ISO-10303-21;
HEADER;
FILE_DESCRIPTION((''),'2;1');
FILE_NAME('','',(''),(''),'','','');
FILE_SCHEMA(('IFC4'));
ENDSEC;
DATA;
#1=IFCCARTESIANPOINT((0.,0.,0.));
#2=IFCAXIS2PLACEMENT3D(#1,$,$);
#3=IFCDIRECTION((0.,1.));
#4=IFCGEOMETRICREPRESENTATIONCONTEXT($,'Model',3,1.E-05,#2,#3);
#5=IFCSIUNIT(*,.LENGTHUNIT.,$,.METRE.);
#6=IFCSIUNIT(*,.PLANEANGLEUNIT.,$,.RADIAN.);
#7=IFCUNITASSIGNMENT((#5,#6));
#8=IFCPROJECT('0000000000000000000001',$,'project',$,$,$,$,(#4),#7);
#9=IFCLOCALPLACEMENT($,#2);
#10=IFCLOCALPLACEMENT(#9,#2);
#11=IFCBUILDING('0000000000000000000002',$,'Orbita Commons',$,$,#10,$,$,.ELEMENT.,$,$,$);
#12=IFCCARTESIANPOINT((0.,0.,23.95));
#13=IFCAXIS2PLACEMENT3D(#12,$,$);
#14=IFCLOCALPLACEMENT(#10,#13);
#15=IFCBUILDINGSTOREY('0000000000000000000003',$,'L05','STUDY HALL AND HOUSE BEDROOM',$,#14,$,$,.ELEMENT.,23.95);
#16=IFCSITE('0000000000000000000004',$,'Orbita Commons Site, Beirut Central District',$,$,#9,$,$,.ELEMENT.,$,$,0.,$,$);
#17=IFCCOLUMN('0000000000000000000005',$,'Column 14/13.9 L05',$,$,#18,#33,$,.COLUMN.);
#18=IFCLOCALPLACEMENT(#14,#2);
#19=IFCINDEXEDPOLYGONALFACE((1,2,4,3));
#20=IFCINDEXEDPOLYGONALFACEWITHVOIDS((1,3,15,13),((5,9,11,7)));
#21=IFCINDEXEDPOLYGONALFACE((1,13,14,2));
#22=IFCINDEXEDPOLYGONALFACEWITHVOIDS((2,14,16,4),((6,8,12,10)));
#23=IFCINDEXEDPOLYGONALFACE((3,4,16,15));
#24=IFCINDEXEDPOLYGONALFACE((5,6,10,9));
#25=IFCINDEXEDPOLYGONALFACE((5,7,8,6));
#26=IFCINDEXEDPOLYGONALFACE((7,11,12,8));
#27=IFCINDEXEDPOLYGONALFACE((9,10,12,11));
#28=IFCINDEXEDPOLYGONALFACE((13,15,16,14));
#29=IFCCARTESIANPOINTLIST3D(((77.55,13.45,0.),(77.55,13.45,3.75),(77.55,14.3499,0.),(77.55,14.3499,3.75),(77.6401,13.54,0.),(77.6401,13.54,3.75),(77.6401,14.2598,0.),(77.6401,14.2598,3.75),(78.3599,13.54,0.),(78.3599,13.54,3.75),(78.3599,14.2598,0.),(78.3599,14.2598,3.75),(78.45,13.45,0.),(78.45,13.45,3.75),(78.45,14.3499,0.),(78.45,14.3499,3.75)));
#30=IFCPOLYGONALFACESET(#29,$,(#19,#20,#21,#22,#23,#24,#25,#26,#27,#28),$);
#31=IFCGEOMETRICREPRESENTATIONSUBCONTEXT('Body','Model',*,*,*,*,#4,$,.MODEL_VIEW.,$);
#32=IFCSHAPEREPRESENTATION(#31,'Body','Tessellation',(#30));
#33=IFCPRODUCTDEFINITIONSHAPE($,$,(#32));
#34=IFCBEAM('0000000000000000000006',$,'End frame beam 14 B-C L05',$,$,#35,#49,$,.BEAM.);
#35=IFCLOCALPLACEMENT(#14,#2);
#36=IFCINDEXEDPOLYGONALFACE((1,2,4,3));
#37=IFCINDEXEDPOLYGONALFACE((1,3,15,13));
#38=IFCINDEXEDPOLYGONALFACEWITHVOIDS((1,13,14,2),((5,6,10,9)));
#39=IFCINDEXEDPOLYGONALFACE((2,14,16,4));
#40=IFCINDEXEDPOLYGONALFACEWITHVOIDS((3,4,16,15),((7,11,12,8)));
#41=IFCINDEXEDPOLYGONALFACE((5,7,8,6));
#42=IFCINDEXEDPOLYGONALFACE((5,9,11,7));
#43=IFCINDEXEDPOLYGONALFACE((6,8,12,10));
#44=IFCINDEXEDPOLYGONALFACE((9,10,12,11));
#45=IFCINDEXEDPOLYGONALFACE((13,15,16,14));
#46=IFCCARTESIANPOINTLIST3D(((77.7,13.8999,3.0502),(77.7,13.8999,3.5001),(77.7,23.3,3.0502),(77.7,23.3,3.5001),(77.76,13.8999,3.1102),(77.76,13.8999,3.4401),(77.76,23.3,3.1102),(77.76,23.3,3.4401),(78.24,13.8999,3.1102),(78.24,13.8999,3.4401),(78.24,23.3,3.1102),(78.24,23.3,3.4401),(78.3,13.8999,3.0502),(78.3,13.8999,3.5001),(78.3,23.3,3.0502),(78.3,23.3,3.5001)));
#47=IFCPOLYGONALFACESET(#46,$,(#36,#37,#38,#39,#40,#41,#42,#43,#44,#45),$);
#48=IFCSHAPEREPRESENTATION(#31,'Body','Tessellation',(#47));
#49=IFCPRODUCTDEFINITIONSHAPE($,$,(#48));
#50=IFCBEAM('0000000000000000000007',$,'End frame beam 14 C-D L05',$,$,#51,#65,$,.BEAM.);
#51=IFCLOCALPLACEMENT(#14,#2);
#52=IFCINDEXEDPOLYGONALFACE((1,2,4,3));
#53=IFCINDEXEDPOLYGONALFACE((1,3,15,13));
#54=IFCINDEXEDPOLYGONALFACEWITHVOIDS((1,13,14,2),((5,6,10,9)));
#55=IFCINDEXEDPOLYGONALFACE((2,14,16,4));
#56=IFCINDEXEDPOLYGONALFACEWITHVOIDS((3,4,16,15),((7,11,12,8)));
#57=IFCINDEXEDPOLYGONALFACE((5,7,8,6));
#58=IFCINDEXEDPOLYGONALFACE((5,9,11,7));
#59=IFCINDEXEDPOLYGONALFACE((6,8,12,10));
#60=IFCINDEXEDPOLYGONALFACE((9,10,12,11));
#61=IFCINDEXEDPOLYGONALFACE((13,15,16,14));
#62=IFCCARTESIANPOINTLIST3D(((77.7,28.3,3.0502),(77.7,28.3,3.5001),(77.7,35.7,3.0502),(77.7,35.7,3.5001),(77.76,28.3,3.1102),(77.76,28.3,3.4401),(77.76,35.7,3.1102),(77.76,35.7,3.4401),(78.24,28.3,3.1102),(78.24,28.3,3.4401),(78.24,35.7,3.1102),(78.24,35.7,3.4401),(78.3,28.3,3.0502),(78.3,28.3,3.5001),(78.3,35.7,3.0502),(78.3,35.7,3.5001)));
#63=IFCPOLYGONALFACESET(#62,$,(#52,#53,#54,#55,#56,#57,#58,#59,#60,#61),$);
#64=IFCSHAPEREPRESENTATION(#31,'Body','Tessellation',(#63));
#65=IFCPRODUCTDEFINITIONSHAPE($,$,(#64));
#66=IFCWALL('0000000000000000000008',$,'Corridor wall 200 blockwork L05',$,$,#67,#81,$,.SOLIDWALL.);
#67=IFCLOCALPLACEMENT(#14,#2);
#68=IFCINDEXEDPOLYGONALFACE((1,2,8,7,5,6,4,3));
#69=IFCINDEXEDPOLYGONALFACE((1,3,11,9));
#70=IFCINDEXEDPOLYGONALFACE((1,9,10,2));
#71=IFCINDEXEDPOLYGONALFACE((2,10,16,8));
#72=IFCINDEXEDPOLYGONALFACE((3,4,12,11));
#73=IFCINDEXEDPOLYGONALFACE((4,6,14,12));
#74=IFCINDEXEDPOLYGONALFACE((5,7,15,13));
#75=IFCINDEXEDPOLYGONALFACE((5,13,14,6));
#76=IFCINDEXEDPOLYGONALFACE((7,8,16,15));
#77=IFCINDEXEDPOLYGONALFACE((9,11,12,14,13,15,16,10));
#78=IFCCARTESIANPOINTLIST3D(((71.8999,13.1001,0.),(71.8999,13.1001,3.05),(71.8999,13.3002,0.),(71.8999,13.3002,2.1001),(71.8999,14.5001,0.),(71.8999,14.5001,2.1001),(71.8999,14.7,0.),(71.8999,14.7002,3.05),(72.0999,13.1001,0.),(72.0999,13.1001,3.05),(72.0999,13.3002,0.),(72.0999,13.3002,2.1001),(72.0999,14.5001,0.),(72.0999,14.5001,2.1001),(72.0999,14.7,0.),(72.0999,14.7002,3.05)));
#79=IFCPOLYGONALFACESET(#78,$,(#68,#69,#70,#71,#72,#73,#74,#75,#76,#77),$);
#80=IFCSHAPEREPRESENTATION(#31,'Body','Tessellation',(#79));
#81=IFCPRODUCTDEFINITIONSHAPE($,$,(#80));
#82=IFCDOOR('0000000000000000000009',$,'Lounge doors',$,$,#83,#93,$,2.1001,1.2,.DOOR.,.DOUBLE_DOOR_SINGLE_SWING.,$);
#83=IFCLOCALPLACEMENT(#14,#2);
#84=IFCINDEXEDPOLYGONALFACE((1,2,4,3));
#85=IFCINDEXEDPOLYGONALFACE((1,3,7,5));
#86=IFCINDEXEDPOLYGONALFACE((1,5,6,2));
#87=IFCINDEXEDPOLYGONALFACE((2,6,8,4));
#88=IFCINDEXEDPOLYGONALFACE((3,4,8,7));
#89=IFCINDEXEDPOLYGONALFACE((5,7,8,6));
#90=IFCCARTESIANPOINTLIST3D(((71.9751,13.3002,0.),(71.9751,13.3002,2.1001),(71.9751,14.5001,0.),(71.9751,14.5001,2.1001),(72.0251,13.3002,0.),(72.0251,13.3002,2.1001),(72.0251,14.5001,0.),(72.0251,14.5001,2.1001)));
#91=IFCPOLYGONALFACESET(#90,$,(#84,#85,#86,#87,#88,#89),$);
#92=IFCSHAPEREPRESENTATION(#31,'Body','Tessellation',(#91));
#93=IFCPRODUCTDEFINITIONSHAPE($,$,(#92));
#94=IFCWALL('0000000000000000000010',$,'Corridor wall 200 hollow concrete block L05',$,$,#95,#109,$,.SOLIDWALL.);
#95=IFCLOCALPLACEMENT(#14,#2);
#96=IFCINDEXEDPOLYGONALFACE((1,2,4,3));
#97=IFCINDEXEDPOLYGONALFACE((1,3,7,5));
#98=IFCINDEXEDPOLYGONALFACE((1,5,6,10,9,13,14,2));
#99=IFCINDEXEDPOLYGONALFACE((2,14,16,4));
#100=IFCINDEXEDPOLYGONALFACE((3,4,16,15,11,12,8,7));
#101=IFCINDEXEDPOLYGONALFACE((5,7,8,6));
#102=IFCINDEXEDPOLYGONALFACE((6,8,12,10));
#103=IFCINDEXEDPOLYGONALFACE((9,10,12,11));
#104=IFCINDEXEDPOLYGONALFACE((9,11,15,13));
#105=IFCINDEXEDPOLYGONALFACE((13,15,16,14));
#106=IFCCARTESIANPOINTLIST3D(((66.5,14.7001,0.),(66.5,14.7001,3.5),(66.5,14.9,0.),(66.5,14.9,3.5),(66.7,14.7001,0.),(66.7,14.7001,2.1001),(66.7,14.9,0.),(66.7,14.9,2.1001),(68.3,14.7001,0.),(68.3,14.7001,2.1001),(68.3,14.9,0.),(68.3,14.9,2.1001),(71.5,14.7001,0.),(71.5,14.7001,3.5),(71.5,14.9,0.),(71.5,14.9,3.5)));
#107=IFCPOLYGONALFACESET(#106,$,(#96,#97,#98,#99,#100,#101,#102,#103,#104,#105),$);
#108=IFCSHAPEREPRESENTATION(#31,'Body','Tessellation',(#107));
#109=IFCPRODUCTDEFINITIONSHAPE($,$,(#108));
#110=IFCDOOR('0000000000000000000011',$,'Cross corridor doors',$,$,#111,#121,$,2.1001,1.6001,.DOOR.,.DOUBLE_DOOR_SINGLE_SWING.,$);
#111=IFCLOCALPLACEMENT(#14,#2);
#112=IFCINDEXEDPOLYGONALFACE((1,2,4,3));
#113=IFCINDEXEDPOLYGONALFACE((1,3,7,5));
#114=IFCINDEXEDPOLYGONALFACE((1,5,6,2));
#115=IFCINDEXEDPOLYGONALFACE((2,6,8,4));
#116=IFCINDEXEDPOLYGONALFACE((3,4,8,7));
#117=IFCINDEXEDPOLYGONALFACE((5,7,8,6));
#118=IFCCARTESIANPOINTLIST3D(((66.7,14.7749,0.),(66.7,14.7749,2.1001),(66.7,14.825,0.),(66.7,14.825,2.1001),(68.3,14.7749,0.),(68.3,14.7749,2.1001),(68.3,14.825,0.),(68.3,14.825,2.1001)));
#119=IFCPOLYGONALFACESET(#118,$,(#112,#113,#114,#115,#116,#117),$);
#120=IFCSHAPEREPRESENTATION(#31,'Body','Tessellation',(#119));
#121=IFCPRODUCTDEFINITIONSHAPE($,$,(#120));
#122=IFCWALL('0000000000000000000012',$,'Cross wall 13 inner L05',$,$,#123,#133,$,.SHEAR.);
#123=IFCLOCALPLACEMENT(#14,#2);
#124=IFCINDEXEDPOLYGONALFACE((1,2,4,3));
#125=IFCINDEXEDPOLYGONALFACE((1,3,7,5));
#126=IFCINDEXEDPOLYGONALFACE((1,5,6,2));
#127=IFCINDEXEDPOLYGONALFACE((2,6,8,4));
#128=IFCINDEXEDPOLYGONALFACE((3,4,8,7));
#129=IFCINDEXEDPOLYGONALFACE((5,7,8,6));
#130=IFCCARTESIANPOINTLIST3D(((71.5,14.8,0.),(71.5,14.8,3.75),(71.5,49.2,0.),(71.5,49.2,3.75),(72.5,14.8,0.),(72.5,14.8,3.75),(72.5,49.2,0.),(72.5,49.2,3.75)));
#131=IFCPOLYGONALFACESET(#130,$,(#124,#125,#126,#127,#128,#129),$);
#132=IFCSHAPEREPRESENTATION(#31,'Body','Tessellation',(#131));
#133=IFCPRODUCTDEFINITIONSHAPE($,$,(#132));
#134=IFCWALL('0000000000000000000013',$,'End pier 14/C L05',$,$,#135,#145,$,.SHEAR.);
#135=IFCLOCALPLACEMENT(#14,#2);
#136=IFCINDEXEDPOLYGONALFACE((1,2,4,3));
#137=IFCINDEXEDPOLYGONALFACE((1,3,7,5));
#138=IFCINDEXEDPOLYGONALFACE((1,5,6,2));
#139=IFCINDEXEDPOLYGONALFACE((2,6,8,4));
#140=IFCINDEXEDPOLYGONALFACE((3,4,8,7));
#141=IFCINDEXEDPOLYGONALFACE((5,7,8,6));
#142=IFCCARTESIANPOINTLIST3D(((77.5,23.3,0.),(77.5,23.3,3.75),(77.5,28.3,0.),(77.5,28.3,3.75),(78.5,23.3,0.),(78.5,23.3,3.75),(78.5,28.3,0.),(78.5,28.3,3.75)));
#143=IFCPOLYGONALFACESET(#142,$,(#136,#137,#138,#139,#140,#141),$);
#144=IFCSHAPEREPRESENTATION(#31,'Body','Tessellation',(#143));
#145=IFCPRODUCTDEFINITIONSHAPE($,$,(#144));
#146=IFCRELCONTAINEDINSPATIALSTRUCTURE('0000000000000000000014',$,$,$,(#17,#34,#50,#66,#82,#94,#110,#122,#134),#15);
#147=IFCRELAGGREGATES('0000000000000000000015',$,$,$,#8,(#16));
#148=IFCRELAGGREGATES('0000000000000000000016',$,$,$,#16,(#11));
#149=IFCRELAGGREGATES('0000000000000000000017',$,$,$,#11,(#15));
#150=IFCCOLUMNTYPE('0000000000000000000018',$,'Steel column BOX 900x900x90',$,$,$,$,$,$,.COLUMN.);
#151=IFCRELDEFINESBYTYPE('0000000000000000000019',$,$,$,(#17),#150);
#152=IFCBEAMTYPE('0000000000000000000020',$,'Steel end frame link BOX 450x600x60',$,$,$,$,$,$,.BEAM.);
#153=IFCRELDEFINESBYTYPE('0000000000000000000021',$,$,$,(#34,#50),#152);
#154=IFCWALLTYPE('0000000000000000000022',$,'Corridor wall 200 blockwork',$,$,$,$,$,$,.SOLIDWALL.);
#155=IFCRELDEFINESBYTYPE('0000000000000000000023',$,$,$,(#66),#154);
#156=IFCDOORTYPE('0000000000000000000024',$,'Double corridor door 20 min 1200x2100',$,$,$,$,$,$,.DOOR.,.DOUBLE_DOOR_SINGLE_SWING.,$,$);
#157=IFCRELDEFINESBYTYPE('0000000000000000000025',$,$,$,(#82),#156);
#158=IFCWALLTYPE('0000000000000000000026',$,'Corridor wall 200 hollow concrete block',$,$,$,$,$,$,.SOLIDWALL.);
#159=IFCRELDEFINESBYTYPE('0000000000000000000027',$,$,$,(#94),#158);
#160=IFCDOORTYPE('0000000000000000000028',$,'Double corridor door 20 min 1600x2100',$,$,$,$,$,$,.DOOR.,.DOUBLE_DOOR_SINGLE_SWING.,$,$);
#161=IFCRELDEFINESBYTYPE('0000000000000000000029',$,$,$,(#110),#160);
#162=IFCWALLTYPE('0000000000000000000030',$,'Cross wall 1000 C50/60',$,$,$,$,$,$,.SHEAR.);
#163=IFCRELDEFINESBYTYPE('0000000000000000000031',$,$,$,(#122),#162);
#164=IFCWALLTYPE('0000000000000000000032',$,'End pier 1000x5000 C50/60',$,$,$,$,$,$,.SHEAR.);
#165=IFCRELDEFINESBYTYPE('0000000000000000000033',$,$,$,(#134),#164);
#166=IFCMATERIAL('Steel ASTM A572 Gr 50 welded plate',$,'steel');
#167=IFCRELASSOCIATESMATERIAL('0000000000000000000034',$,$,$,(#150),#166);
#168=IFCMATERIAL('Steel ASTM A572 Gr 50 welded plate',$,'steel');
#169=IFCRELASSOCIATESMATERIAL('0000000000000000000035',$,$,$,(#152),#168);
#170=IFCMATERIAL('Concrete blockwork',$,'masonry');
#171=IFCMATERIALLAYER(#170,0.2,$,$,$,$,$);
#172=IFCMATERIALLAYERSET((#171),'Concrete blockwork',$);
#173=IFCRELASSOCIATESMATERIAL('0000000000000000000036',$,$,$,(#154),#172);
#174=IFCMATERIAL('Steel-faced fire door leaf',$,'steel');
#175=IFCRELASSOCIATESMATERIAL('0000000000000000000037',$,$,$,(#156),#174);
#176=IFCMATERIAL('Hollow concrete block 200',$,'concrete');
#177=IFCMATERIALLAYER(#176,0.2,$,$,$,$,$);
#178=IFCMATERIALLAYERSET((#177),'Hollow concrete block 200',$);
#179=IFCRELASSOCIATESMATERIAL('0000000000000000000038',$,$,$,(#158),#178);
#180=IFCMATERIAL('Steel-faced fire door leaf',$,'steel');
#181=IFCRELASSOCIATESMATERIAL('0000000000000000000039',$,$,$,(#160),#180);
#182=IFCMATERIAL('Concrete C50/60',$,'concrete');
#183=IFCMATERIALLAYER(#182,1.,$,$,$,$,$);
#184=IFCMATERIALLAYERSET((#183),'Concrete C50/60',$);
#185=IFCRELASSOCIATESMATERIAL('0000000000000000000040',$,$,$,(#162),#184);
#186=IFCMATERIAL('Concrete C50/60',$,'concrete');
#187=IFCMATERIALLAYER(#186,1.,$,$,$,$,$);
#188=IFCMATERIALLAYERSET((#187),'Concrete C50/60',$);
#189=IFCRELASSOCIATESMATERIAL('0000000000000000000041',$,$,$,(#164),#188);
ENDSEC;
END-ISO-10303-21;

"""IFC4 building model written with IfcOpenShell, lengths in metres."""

from ifc_helpers import new_model, si_unit, direction, frame, frame_2d, origin, origin_2d, place, context, subcontext, project, spatial, polyline, rectangle, hollow_rectangle, outline, extrude, material, layer, layer_set, material_profile, profile_set, type_object, element, fill, save


model = new_model("IFC4")

# Units and contexts
model_context = context("Model", 3, precision=1e-05, world=origin(), true_north=direction((0.0, 1.0)))
body_context = subcontext(model_context, "Body", "Model", "MODEL_VIEW")
ifc_project = project(units=[si_unit("LENGTHUNIT", "METRE"), si_unit("PLANEANGLEUNIT", "RADIAN")], contexts=[model_context])

# Site, building, storey
site_placement = place(None, origin())
site = spatial("IfcSite", under=ifc_project, at=site_placement, Name="Orbita Commons Site, Beirut Central District", CompositionType="ELEMENT", RefElevation=0.0)
building_placement = place(site_placement, origin())
building = spatial("IfcBuilding", under=site, at=building_placement, Name="Orbita Commons", CompositionType="ELEMENT")
storey_placement = place(building_placement, frame((0.0, 0.0, 23.95)))
storey = spatial("IfcBuildingStorey", under=building, at=storey_placement, Name="L05", Description="STUDY HALL AND HOUSE BEDROOM", CompositionType="ELEMENT", Elevation=23.95)

# Column
ifc_material_1 = material(Name="Steel ASTM A572 Gr 50 welded plate", Category="steel")
ifc_material_profile_1 = material_profile(ifc_material_1, hollow_rectangle(XDim=0.8999, YDim=0.8999, WallThickness=0.0901, at=origin_2d()), Name="BOX 900x900x90")
ifc_profile_set_1 = profile_set([ifc_material_profile_1], Name="Steel ASTM A572 Gr 50 welded plate")
column_type = type_object("IfcColumnType", Name="Steel column BOX 900x900x90", PredefinedType="COLUMN", material=ifc_profile_set_1)
column_placement = place(storey_placement, frame((78.0, 13.8999, 0.0), z_axis=(0.0, 0.0, 1.0), x_axis=(1.0, 0.0, 0.0)))
element("IfcColumn", 1, at=column_placement, inside=storey, type_object=column_type, Name="Column 14/13.9 L05", PredefinedType="COLUMN", context=body_context, shape_type="SweptSolid", body=[
    extrude(hollow_rectangle(XDim=0.8999, YDim=0.8999, WallThickness=0.0901, at=origin_2d()), origin(), (0.0, 0.0, 1.0), 3.75),
])

# Beams
ifc_material_2 = material(Name="Steel ASTM A572 Gr 50 welded plate", Category="steel")
ifc_material_profile_2 = material_profile(ifc_material_2, hollow_rectangle(XDim=0.6001, YDim=0.45, WallThickness=0.0601, at=origin_2d()), Name="BOX 450x600x60")
ifc_profile_set_2 = profile_set([ifc_material_profile_2], Name="Steel ASTM A572 Gr 50 welded plate")
beam_type = type_object("IfcBeamType", Name="Steel end frame link BOX 450x600x60", PredefinedType="BEAM", material=ifc_profile_set_2)
beam_1_placement = place(storey_placement, frame((78.0, 13.8999, 3.2751), z_axis=(0.0, 1.0, 0.0), x_axis=(-1.0, 0.0, 0.0)))
element("IfcBeam", 2, at=beam_1_placement, inside=storey, type_object=beam_type, Name="End frame beam 14 B-C L05", PredefinedType="BEAM", context=body_context, shape_type="SweptSolid", body=[
    extrude(hollow_rectangle(XDim=0.6001, YDim=0.45, WallThickness=0.0601, at=origin_2d()), origin(), (0.0, 0.0, 1.0), 9.4001),
])
beam_2_placement = place(storey_placement, frame((78.0, 28.3, 3.2751), z_axis=(0.0, 1.0, 0.0), x_axis=(-1.0, 0.0, 0.0)))
element("IfcBeam", 3, at=beam_2_placement, inside=storey, type_object=beam_type, Name="End frame beam 14 C-D L05", PredefinedType="BEAM", context=body_context, shape_type="SweptSolid", body=[
    extrude(hollow_rectangle(XDim=0.6001, YDim=0.45, WallThickness=0.0601, at=origin_2d()), origin(), (0.0, 0.0, 1.0), 7.3999),
])

# Walls, openings, doors
ifc_material_3 = material(Name="Concrete blockwork", Category="masonry")
ifc_layer_1 = layer(ifc_material_3, 0.2)
ifc_layer_set_1 = layer_set([ifc_layer_1], Name="Concrete blockwork")
wall_type_1 = type_object("IfcWallType", Name="Corridor wall 200 blockwork", PredefinedType="SOLIDWALL", material=ifc_layer_set_1)
wall_1_placement = place(storey_placement, frame((72.0, 13.1001, 0.0), z_axis=(0.0, 0.0, 1.0), x_axis=(0.0, 1.0, 0.0)))
wall_1 = element("IfcWall", 4, at=wall_1_placement, inside=storey, type_object=wall_type_1, Name="Corridor wall 200 blockwork L05", PredefinedType="SOLIDWALL", context=body_context, shape_type="SweptSolid", body=[
    extrude(outline(polyline([(0.0, 0.0), (1.5999, 0.0), (1.6001, 3.05), (0.0, 3.05), (0.0, 0.0)])), frame((0.0, 0.1001, 0.0), z_axis=(0.0, -1.0, 0.0), x_axis=(1.0, 0.0, 0.0)), (0.0, 0.0, 1.0), 0.2),
])
opening_1_placement = place(wall_1_placement, frame((0.2, 0.0, 0.0)))
opening_1 = element("IfcOpeningElement", 5, at=opening_1_placement, cuts=wall_1, PredefinedType="OPENING", context=body_context, shape_type="SweptSolid", body=[
    extrude(rectangle(XDim=1.2, YDim=2.1001, at=frame_2d((0.6001, 1.05))), frame((0.0, 0.1099, 0.0), z_axis=(0.0, -1.0, 0.0), x_axis=(1.0, 0.0, 0.0)), (0.0, 0.0, 1.0), 0.22),
])
ifc_material_4 = material(Name="Steel-faced fire door leaf", Category="steel")
door_type_1 = type_object("IfcDoorType", Name="Double corridor door 20 min 1200x2100", OperationType="DOUBLE_DOOR_SINGLE_SWING", PredefinedType="DOOR", material=ifc_material_4)
door_1_placement = place(opening_1_placement, origin())
door_1 = element("IfcDoor", 6, at=door_1_placement, inside=storey, type_object=door_type_1, Name="Lounge doors", OperationType="DOUBLE_DOOR_SINGLE_SWING", OverallHeight=2.1001, OverallWidth=1.2, PredefinedType="DOOR", context=body_context, shape_type="SweptSolid", body=[
    extrude(rectangle(XDim=1.2, YDim=2.1001, at=frame_2d((0.6001, 1.05))), frame((0.0, 0.0249, 0.0), z_axis=(0.0, -1.0, 0.0), x_axis=(1.0, 0.0, 0.0)), (0.0, 0.0, 1.0), 0.05),
])
fill(opening_1, door_1)
ifc_material_5 = material(Name="Hollow concrete block 200", Category="concrete")
ifc_layer_2 = layer(ifc_material_5, 0.2)
ifc_layer_set_2 = layer_set([ifc_layer_2], Name="Hollow concrete block 200")
wall_type_2 = type_object("IfcWallType", Name="Corridor wall 200 hollow concrete block", PredefinedType="SOLIDWALL", material=ifc_layer_set_2)
wall_2_placement = place(storey_placement, frame((66.5, 14.8, 0.0), z_axis=(0.0, 0.0, 1.0), x_axis=(1.0, 0.0, 0.0)))
wall_2 = element("IfcWall", 7, at=wall_2_placement, inside=storey, type_object=wall_type_2, Name="Corridor wall 200 hollow concrete block L05", PredefinedType="SOLIDWALL", context=body_context, shape_type="SweptSolid", body=[
    extrude(rectangle(XDim=5.0, YDim=0.2, at=frame_2d((2.5, 0.0))), origin(), (0.0, 0.0, 1.0), 3.5),
])
opening_2_placement = place(wall_2_placement, frame((0.2, 0.0, 0.0)))
opening_2 = element("IfcOpeningElement", 8, at=opening_2_placement, cuts=wall_2, PredefinedType="OPENING", context=body_context, shape_type="SweptSolid", body=[
    extrude(rectangle(XDim=1.6001, YDim=2.1001, at=frame_2d((0.8, 1.05))), frame((0.0, 0.1099, 0.0), z_axis=(0.0, -1.0, 0.0), x_axis=(1.0, 0.0, 0.0)), (0.0, 0.0, 1.0), 0.22),
])
ifc_material_6 = material(Name="Steel-faced fire door leaf", Category="steel")
door_type_2 = type_object("IfcDoorType", Name="Double corridor door 20 min 1600x2100", OperationType="DOUBLE_DOOR_SINGLE_SWING", PredefinedType="DOOR", material=ifc_material_6)
door_2_placement = place(opening_2_placement, origin())
door_2 = element("IfcDoor", 9, at=door_2_placement, inside=storey, type_object=door_type_2, Name="Cross corridor doors", OperationType="DOUBLE_DOOR_SINGLE_SWING", OverallHeight=2.1001, OverallWidth=1.6001, PredefinedType="DOOR", context=body_context, shape_type="SweptSolid", body=[
    extrude(rectangle(XDim=1.6001, YDim=2.1001, at=frame_2d((0.8, 1.05))), frame((0.0, 0.0249, 0.0), z_axis=(0.0, -1.0, 0.0), x_axis=(1.0, 0.0, 0.0)), (0.0, 0.0, 1.0), 0.05),
])
fill(opening_2, door_2)

# Walls
ifc_material_7 = material(Name="Concrete C50/60", Category="concrete")
ifc_layer_3 = layer(ifc_material_7, 1.0)
ifc_layer_set_3 = layer_set([ifc_layer_3], Name="Concrete C50/60")
wall_type_3 = type_object("IfcWallType", Name="Cross wall 1000 C50/60", PredefinedType="SHEAR", material=ifc_layer_set_3)
wall_3_placement = place(storey_placement, frame((72.0, 14.8, 0.0), z_axis=(0.0, 0.0, 1.0), x_axis=(0.0, 1.0, 0.0)))
element("IfcWall", 10, at=wall_3_placement, inside=storey, type_object=wall_type_3, Name="Cross wall 13 inner L05", PredefinedType="SHEAR", context=body_context, shape_type="SweptSolid", body=[
    extrude(rectangle(XDim=34.3999, YDim=1.0, at=frame_2d((17.2, 0.0))), origin(), (0.0, 0.0, 1.0), 3.75),
])
ifc_material_8 = material(Name="Concrete C50/60", Category="concrete")
ifc_layer_4 = layer(ifc_material_8, 1.0)
ifc_layer_set_4 = layer_set([ifc_layer_4], Name="Concrete C50/60")
wall_type_4 = type_object("IfcWallType", Name="End pier 1000x5000 C50/60", PredefinedType="SHEAR", material=ifc_layer_set_4)
wall_4_placement = place(storey_placement, frame((78.0, 23.3, 0.0), z_axis=(0.0, 0.0, 1.0), x_axis=(0.0, 1.0, 0.0)))
element("IfcWall", 11, at=wall_4_placement, inside=storey, type_object=wall_type_4, Name="End pier 14/C L05", PredefinedType="SHEAR", context=body_context, shape_type="SweptSolid", body=[
    extrude(rectangle(XDim=5.0, YDim=1.0, at=frame_2d((2.5, 0.0))), origin(), (0.0, 0.0, 1.0), 3.75),
])

save(model, "model.ifc")
